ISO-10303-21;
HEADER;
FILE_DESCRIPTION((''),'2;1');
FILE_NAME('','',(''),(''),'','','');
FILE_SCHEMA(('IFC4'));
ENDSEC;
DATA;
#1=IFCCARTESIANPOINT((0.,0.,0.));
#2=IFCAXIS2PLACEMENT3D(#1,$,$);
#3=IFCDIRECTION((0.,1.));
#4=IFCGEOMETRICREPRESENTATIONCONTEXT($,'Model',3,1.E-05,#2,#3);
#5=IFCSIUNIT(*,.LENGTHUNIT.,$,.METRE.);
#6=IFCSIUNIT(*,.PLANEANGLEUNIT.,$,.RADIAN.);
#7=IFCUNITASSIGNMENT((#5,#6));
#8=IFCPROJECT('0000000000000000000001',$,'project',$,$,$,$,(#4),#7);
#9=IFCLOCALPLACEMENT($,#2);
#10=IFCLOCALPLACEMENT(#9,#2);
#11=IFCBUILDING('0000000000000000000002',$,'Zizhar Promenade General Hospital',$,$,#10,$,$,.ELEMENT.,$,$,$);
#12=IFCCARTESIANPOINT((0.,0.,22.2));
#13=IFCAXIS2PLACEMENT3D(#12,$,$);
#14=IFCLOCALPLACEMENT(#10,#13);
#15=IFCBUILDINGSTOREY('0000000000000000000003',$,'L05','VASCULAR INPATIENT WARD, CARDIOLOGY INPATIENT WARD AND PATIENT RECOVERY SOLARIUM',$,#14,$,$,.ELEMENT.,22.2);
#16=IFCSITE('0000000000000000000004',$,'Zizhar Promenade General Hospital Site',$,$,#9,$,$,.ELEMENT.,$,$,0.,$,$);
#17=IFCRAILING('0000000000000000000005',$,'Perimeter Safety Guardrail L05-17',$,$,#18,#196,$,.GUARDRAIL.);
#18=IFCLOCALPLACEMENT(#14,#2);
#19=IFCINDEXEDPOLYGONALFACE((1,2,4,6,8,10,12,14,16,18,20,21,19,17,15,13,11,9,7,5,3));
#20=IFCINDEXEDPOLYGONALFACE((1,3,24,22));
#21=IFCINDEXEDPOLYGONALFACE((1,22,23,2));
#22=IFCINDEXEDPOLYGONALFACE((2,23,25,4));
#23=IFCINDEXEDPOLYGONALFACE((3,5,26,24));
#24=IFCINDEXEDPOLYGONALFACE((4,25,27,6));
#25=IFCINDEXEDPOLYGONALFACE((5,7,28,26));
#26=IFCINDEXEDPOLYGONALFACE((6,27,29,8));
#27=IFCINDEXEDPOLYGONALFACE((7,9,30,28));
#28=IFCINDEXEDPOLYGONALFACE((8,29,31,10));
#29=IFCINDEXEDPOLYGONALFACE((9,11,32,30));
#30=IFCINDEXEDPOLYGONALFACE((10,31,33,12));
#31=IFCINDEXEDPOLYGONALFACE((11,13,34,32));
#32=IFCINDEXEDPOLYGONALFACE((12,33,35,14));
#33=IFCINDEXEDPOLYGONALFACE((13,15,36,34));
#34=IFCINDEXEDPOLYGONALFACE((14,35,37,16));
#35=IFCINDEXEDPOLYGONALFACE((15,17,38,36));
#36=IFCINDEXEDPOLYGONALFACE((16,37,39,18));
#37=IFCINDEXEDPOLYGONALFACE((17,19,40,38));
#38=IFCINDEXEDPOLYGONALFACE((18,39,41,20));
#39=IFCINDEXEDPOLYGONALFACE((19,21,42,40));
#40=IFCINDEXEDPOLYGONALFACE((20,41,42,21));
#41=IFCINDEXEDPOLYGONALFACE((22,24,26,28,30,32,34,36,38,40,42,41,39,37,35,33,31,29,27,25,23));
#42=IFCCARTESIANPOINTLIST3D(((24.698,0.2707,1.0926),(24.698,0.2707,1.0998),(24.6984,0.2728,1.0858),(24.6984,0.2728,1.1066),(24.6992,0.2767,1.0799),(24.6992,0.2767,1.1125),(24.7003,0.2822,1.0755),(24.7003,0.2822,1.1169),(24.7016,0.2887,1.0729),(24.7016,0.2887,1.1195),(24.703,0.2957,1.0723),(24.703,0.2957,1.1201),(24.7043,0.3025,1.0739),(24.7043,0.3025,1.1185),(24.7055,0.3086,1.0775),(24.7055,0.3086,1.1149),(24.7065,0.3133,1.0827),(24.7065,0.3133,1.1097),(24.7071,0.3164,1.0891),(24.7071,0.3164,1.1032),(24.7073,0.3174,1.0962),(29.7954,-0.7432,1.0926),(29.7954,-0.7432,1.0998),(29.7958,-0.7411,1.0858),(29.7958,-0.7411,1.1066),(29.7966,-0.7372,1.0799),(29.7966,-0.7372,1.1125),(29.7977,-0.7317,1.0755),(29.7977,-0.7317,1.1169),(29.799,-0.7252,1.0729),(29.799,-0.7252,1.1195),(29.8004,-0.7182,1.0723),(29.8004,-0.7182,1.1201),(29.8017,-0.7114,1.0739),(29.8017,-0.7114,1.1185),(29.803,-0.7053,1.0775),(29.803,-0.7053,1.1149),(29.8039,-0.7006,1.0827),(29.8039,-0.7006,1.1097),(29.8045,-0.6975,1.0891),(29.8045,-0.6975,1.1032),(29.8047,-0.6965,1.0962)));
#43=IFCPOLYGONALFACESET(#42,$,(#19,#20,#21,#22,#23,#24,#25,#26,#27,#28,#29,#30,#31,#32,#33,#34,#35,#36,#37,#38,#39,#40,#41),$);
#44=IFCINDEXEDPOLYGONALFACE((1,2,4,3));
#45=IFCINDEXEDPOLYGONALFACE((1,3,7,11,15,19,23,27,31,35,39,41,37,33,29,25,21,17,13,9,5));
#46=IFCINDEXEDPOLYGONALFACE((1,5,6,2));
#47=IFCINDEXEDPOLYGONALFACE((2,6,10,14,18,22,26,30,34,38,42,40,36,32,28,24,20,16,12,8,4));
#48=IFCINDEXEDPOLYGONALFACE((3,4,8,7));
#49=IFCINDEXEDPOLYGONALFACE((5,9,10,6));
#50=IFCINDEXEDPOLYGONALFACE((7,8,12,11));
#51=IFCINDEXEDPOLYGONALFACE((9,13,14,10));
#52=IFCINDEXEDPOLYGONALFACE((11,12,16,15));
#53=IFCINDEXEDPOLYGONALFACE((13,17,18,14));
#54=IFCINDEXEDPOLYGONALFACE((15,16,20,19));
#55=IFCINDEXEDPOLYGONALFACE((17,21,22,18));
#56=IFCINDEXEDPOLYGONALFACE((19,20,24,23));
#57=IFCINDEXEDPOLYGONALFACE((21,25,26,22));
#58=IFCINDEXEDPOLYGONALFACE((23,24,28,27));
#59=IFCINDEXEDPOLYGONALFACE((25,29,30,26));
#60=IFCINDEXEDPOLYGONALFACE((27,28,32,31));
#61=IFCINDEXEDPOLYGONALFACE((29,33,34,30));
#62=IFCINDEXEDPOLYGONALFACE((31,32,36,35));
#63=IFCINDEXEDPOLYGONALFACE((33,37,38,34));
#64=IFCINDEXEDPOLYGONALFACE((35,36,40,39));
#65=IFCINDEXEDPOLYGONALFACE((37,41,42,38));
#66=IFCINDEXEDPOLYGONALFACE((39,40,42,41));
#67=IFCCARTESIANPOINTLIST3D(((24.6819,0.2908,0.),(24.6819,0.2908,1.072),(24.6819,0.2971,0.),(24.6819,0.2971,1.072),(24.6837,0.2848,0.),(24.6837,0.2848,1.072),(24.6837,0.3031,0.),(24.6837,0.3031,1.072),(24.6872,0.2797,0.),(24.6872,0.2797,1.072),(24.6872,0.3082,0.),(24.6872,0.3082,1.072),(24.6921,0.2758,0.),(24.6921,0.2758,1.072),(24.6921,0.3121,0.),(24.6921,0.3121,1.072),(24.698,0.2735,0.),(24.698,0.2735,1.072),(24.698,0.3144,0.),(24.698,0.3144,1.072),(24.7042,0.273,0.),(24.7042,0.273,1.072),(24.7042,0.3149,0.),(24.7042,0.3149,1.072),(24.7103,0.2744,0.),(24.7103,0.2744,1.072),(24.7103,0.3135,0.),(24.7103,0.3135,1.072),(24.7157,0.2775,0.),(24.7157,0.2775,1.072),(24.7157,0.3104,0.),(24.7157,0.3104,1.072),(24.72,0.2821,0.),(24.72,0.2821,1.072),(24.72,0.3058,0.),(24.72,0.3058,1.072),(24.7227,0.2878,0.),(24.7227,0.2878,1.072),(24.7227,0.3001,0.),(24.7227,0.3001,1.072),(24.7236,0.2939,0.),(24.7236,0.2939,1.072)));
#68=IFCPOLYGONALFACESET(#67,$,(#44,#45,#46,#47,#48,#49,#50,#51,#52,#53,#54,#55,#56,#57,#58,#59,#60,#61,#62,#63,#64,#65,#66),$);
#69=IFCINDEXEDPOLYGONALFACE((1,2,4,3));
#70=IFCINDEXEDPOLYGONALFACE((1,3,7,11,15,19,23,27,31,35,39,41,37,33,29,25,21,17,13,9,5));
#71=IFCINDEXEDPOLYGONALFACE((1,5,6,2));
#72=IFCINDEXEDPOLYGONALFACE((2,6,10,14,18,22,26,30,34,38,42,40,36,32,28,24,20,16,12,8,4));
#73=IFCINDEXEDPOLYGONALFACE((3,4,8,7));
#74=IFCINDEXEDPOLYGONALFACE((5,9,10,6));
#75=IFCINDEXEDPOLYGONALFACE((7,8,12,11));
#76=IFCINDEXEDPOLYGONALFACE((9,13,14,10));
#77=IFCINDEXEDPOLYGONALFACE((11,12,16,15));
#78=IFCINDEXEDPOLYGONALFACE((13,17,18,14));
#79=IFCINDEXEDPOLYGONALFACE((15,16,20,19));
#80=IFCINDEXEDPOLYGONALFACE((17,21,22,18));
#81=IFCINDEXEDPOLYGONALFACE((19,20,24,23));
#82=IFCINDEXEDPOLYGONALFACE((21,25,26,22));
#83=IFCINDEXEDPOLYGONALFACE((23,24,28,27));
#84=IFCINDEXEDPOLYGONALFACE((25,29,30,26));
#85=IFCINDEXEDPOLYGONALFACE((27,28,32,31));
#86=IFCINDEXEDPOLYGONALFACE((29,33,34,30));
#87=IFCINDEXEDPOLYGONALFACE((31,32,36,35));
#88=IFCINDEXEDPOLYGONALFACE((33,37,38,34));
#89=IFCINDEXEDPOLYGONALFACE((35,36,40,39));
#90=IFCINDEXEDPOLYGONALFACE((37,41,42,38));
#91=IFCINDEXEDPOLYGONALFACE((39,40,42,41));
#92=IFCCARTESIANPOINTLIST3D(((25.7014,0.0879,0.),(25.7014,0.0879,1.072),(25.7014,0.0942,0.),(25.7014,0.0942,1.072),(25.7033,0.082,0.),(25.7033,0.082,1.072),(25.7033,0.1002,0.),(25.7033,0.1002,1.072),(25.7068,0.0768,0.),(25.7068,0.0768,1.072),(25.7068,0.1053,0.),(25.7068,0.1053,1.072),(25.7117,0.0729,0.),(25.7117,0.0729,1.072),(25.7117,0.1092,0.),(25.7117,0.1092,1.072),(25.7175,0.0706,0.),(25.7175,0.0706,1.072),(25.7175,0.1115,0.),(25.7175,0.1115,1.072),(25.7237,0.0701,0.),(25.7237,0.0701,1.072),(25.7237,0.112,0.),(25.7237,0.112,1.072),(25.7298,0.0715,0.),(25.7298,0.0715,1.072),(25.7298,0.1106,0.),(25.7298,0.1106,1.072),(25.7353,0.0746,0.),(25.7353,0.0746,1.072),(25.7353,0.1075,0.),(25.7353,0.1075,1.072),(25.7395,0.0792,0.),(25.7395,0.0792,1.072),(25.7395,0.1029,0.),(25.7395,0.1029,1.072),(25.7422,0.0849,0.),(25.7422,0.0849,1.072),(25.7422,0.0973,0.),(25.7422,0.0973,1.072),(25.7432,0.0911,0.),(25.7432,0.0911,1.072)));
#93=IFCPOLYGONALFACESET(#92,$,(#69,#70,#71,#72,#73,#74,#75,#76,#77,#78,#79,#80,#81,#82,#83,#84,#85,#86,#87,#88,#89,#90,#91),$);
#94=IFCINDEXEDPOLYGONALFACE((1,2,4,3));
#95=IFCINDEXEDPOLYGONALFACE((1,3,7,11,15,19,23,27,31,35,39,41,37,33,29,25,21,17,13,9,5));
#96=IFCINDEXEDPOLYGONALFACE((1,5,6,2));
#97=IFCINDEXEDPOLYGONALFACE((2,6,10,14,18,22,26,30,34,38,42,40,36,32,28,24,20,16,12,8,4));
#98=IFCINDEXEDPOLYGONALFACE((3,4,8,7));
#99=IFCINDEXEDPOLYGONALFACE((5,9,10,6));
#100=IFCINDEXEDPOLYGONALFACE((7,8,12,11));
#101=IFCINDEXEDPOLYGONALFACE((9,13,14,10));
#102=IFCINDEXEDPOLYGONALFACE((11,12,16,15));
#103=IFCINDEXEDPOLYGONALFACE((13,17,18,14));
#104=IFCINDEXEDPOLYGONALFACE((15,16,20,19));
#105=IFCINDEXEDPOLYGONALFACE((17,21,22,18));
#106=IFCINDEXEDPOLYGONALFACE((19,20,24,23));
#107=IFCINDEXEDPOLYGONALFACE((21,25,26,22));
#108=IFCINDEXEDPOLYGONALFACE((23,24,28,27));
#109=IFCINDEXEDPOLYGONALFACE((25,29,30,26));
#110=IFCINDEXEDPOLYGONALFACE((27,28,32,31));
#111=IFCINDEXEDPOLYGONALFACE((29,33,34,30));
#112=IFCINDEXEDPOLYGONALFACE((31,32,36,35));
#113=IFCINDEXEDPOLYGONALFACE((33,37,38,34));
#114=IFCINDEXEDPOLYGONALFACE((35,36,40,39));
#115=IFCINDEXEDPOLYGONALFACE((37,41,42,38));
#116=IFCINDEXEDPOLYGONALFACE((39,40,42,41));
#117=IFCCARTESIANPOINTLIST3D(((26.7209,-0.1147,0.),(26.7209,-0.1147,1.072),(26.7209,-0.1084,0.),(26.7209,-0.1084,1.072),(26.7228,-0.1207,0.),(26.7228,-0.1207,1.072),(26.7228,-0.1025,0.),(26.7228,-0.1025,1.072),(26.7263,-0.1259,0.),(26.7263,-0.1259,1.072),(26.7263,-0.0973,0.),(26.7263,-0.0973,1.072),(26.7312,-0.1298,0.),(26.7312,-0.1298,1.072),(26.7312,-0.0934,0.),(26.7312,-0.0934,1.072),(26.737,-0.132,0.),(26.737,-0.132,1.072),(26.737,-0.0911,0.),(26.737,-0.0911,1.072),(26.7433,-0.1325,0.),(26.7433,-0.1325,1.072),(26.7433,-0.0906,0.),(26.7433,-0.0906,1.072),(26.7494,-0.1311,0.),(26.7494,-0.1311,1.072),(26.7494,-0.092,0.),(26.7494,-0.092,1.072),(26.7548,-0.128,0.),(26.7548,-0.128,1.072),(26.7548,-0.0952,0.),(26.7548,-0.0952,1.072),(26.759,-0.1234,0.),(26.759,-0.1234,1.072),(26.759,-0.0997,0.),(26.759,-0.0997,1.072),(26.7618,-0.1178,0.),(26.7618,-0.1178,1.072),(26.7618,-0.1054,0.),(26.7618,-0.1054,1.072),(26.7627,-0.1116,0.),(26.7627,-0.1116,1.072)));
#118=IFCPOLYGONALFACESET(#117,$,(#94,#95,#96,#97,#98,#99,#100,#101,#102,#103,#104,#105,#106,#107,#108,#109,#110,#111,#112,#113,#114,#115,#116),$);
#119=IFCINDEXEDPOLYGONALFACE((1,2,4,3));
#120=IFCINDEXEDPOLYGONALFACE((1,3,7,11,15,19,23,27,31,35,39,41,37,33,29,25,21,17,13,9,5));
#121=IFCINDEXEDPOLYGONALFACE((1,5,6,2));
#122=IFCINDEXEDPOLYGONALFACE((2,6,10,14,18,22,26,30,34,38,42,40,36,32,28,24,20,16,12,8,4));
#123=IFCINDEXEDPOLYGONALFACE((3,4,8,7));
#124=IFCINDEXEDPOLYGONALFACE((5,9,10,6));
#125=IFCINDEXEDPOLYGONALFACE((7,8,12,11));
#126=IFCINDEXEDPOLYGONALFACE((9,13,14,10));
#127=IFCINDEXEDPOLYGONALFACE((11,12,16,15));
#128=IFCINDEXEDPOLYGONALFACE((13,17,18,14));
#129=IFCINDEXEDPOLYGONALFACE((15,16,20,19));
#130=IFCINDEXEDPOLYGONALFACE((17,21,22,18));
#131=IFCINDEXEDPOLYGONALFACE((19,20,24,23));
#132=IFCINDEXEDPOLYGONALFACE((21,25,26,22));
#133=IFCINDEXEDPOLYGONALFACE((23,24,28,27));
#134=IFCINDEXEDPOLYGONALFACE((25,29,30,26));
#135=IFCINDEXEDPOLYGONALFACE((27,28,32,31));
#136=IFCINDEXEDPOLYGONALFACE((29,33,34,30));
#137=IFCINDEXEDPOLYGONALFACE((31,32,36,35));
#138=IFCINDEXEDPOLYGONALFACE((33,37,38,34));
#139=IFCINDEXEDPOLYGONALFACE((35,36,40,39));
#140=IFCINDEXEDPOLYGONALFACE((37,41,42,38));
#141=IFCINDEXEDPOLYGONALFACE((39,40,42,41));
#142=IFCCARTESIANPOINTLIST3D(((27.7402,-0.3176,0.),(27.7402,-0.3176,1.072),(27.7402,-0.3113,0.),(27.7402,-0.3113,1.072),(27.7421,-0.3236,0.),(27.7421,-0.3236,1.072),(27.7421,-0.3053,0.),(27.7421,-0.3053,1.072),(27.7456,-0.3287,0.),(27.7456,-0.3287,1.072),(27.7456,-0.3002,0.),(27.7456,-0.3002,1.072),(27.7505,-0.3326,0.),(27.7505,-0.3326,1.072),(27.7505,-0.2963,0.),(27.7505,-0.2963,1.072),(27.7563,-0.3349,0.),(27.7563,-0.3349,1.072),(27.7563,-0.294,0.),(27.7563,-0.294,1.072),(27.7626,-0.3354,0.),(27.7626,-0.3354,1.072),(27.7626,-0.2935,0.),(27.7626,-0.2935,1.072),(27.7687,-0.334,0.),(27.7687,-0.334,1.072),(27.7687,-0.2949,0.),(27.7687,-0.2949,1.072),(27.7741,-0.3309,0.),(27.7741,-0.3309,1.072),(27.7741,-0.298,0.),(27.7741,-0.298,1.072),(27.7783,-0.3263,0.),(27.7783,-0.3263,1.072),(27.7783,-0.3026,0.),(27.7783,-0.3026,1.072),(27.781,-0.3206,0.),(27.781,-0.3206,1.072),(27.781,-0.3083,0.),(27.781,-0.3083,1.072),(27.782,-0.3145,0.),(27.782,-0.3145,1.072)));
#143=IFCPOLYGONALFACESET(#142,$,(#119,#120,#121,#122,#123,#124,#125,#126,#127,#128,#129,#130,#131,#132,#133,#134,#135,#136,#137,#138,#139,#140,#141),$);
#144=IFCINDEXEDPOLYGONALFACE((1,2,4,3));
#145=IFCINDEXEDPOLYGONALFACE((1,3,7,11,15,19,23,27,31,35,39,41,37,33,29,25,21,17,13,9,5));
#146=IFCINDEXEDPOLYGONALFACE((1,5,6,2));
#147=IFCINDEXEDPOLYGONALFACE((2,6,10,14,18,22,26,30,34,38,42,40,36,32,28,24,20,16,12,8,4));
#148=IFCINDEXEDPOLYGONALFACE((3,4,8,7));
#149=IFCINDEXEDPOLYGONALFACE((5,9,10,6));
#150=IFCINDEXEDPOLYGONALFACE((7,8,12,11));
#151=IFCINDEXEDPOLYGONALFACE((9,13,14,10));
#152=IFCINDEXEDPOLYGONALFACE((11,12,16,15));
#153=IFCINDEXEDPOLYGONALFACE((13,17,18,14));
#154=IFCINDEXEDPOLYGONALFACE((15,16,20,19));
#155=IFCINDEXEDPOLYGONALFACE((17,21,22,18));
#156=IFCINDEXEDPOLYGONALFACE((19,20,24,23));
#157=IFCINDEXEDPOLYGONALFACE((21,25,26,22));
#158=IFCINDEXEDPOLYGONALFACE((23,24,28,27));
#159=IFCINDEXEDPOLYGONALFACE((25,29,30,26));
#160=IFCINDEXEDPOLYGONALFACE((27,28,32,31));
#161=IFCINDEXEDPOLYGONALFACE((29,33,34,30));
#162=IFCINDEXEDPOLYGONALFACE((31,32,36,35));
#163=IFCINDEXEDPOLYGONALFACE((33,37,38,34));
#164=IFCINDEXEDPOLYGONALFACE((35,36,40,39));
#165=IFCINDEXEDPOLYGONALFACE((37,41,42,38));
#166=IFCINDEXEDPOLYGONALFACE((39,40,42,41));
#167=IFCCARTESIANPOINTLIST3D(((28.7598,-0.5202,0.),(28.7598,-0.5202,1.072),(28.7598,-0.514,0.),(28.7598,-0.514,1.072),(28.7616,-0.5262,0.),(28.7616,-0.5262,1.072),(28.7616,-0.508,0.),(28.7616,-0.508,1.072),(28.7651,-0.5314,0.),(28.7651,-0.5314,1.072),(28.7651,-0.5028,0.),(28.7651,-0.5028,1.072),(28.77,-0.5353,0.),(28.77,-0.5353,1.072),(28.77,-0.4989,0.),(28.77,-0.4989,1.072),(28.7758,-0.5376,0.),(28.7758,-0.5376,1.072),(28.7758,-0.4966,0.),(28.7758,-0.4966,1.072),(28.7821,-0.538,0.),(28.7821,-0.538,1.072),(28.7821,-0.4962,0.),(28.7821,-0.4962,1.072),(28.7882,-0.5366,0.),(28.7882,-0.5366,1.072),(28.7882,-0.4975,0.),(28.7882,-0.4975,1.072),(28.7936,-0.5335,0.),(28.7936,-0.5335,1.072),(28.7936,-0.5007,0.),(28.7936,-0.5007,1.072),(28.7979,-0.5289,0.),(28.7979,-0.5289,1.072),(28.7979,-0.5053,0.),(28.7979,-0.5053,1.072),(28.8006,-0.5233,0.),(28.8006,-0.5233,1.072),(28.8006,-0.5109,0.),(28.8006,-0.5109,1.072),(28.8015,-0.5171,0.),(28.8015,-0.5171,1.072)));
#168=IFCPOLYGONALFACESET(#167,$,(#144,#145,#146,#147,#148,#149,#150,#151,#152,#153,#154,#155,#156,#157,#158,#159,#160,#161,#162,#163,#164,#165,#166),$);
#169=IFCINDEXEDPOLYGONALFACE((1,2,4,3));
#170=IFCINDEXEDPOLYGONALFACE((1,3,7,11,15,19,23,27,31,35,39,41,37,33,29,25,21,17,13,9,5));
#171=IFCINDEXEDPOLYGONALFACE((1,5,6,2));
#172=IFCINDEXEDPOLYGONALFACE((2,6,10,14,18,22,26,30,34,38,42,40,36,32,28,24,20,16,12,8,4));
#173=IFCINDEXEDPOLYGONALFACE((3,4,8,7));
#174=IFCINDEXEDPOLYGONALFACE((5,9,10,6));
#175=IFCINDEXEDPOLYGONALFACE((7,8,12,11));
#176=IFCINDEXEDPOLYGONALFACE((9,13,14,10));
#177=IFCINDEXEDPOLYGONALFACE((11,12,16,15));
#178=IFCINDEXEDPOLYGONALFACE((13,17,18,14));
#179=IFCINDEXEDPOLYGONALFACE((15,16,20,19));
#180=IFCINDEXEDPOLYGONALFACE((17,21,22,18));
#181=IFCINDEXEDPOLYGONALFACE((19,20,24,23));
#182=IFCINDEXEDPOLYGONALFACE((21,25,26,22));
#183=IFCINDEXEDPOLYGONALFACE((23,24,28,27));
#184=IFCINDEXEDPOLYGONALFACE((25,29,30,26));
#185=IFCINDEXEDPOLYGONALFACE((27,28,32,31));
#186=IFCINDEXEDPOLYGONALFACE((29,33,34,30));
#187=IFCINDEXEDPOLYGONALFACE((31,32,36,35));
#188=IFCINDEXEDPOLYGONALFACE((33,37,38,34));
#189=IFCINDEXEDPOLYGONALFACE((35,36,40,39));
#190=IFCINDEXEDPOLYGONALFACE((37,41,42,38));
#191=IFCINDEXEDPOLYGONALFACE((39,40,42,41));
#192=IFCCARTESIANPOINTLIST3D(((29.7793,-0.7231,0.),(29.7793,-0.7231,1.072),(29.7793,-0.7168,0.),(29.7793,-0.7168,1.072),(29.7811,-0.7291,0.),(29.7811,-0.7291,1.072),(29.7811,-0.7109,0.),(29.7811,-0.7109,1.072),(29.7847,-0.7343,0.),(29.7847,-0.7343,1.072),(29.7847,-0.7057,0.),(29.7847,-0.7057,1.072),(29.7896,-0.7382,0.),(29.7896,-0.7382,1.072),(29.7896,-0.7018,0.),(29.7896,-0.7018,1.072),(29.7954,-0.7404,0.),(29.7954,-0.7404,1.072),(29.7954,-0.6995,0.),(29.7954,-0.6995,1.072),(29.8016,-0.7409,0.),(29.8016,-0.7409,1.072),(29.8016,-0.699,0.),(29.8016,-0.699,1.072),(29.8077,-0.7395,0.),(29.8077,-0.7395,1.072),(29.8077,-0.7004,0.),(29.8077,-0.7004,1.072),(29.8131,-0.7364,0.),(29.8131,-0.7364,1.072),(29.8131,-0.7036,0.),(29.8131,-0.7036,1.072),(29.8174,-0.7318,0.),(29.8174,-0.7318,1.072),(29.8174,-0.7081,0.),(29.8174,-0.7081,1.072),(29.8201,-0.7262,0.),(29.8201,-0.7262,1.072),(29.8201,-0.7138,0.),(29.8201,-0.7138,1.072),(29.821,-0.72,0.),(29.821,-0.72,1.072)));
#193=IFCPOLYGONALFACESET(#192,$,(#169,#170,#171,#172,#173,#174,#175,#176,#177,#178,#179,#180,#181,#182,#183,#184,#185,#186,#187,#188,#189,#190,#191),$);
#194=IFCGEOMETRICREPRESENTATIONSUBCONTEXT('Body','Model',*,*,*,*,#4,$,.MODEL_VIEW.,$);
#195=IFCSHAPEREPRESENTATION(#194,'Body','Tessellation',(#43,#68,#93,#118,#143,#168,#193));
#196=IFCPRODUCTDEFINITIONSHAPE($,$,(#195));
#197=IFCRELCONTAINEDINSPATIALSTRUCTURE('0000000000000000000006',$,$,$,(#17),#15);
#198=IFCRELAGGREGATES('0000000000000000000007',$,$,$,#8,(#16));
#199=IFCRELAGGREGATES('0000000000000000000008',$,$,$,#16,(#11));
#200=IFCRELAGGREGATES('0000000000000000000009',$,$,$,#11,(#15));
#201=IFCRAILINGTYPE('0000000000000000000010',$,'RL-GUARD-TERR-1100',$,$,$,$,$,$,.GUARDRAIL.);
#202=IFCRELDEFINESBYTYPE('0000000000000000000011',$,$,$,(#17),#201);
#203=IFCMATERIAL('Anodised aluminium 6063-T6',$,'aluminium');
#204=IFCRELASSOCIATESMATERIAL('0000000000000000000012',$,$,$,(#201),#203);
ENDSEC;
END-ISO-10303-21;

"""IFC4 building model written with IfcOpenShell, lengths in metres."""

from ifc_helpers import new_model, si_unit, direction, frame, origin, origin_2d, place, context, subcontext, project, spatial, circle, hollow_circle, extrude, material, material_profile, profile_set, type_object, element, save


model = new_model("IFC4")

# Units and contexts
model_context = context("Model", 3, precision=1e-05, world=origin(), true_north=direction((0.0, 1.0)))
body_context = subcontext(model_context, "Body", "Model", "MODEL_VIEW")
ifc_project = project(units=[si_unit("LENGTHUNIT", "METRE"), si_unit("PLANEANGLEUNIT", "RADIAN")], contexts=[model_context])

# Site, building, storey
site_placement = place(None, origin())
site = spatial("IfcSite", under=ifc_project, at=site_placement, Name="Zizhar Promenade General Hospital Site", CompositionType="ELEMENT", RefElevation=0.0)
building_placement = place(site_placement, origin())
building = spatial("IfcBuilding", under=site, at=building_placement, Name="Zizhar Promenade General Hospital", CompositionType="ELEMENT")
storey_placement = place(building_placement, frame((0.0, 0.0, 22.2)))
storey = spatial("IfcBuildingStorey", under=building, at=storey_placement, Name="L05", Description="VASCULAR INPATIENT WARD, CARDIOLOGY INPATIENT WARD AND PATIENT RECOVERY SOLARIUM", CompositionType="ELEMENT", Elevation=22.2)

# Railing
ifc_material_1 = material(Name="Anodised aluminium 6063-T6", Category="aluminium")
ifc_material_profile_1 = material_profile(ifc_material_1, hollow_circle(Radius=0.0698, WallThickness=0.0063, at=origin_2d()))
ifc_profile_set_1 = profile_set([ifc_material_profile_1], Name="Anodised aluminium 6063-T6")
railing_type = type_object("IfcRailingType", Name="RL-GUARD-TERR-1100", PredefinedType="GUARDRAIL", material=ifc_profile_set_1)
railing_1_placement = place(storey_placement, frame((24.7026, 0.2939, 0.0)))
element("IfcRailing", 1, at=railing_1_placement, inside=storey, type_object=railing_type, Name="Perimeter Safety Guardrail L05-17", PredefinedType="GUARDRAIL", context=body_context, shape_type="SweptSolid", body=[
    extrude(circle(Radius=0.0239, at=origin_2d()), frame((0.0, 0.0, 1.0962), z_axis=(0.980786, -0.195086, 0.0), x_axis=(0.195086, 0.980786, 0.0)), (0.0, 0.0, 1.0), 5.1973),
    extrude(circle(Radius=0.021, at=origin_2d()), origin(), (0.0, 0.0, 1.0), 1.072),
    extrude(circle(Radius=0.021, at=origin_2d()), frame((1.0195, -0.2029, 0.0)), (0.0, 0.0, 1.0), 1.072),
    extrude(circle(Radius=0.021, at=origin_2d()), frame((2.0391, -0.4055, 0.0)), (0.0, 0.0, 1.0), 1.072),
    extrude(circle(Radius=0.021, at=origin_2d()), frame((3.0583, -0.6084, 0.0)), (0.0, 0.0, 1.0), 1.072),
    extrude(circle(Radius=0.021, at=origin_2d()), frame((4.0779, -0.811, 0.0)), (0.0, 0.0, 1.0), 1.072),
    extrude(circle(Radius=0.021, at=origin_2d()), frame((5.0974, -1.0139, 0.0)), (0.0, 0.0, 1.0), 1.072),
])

save(model, "model.ifc")
